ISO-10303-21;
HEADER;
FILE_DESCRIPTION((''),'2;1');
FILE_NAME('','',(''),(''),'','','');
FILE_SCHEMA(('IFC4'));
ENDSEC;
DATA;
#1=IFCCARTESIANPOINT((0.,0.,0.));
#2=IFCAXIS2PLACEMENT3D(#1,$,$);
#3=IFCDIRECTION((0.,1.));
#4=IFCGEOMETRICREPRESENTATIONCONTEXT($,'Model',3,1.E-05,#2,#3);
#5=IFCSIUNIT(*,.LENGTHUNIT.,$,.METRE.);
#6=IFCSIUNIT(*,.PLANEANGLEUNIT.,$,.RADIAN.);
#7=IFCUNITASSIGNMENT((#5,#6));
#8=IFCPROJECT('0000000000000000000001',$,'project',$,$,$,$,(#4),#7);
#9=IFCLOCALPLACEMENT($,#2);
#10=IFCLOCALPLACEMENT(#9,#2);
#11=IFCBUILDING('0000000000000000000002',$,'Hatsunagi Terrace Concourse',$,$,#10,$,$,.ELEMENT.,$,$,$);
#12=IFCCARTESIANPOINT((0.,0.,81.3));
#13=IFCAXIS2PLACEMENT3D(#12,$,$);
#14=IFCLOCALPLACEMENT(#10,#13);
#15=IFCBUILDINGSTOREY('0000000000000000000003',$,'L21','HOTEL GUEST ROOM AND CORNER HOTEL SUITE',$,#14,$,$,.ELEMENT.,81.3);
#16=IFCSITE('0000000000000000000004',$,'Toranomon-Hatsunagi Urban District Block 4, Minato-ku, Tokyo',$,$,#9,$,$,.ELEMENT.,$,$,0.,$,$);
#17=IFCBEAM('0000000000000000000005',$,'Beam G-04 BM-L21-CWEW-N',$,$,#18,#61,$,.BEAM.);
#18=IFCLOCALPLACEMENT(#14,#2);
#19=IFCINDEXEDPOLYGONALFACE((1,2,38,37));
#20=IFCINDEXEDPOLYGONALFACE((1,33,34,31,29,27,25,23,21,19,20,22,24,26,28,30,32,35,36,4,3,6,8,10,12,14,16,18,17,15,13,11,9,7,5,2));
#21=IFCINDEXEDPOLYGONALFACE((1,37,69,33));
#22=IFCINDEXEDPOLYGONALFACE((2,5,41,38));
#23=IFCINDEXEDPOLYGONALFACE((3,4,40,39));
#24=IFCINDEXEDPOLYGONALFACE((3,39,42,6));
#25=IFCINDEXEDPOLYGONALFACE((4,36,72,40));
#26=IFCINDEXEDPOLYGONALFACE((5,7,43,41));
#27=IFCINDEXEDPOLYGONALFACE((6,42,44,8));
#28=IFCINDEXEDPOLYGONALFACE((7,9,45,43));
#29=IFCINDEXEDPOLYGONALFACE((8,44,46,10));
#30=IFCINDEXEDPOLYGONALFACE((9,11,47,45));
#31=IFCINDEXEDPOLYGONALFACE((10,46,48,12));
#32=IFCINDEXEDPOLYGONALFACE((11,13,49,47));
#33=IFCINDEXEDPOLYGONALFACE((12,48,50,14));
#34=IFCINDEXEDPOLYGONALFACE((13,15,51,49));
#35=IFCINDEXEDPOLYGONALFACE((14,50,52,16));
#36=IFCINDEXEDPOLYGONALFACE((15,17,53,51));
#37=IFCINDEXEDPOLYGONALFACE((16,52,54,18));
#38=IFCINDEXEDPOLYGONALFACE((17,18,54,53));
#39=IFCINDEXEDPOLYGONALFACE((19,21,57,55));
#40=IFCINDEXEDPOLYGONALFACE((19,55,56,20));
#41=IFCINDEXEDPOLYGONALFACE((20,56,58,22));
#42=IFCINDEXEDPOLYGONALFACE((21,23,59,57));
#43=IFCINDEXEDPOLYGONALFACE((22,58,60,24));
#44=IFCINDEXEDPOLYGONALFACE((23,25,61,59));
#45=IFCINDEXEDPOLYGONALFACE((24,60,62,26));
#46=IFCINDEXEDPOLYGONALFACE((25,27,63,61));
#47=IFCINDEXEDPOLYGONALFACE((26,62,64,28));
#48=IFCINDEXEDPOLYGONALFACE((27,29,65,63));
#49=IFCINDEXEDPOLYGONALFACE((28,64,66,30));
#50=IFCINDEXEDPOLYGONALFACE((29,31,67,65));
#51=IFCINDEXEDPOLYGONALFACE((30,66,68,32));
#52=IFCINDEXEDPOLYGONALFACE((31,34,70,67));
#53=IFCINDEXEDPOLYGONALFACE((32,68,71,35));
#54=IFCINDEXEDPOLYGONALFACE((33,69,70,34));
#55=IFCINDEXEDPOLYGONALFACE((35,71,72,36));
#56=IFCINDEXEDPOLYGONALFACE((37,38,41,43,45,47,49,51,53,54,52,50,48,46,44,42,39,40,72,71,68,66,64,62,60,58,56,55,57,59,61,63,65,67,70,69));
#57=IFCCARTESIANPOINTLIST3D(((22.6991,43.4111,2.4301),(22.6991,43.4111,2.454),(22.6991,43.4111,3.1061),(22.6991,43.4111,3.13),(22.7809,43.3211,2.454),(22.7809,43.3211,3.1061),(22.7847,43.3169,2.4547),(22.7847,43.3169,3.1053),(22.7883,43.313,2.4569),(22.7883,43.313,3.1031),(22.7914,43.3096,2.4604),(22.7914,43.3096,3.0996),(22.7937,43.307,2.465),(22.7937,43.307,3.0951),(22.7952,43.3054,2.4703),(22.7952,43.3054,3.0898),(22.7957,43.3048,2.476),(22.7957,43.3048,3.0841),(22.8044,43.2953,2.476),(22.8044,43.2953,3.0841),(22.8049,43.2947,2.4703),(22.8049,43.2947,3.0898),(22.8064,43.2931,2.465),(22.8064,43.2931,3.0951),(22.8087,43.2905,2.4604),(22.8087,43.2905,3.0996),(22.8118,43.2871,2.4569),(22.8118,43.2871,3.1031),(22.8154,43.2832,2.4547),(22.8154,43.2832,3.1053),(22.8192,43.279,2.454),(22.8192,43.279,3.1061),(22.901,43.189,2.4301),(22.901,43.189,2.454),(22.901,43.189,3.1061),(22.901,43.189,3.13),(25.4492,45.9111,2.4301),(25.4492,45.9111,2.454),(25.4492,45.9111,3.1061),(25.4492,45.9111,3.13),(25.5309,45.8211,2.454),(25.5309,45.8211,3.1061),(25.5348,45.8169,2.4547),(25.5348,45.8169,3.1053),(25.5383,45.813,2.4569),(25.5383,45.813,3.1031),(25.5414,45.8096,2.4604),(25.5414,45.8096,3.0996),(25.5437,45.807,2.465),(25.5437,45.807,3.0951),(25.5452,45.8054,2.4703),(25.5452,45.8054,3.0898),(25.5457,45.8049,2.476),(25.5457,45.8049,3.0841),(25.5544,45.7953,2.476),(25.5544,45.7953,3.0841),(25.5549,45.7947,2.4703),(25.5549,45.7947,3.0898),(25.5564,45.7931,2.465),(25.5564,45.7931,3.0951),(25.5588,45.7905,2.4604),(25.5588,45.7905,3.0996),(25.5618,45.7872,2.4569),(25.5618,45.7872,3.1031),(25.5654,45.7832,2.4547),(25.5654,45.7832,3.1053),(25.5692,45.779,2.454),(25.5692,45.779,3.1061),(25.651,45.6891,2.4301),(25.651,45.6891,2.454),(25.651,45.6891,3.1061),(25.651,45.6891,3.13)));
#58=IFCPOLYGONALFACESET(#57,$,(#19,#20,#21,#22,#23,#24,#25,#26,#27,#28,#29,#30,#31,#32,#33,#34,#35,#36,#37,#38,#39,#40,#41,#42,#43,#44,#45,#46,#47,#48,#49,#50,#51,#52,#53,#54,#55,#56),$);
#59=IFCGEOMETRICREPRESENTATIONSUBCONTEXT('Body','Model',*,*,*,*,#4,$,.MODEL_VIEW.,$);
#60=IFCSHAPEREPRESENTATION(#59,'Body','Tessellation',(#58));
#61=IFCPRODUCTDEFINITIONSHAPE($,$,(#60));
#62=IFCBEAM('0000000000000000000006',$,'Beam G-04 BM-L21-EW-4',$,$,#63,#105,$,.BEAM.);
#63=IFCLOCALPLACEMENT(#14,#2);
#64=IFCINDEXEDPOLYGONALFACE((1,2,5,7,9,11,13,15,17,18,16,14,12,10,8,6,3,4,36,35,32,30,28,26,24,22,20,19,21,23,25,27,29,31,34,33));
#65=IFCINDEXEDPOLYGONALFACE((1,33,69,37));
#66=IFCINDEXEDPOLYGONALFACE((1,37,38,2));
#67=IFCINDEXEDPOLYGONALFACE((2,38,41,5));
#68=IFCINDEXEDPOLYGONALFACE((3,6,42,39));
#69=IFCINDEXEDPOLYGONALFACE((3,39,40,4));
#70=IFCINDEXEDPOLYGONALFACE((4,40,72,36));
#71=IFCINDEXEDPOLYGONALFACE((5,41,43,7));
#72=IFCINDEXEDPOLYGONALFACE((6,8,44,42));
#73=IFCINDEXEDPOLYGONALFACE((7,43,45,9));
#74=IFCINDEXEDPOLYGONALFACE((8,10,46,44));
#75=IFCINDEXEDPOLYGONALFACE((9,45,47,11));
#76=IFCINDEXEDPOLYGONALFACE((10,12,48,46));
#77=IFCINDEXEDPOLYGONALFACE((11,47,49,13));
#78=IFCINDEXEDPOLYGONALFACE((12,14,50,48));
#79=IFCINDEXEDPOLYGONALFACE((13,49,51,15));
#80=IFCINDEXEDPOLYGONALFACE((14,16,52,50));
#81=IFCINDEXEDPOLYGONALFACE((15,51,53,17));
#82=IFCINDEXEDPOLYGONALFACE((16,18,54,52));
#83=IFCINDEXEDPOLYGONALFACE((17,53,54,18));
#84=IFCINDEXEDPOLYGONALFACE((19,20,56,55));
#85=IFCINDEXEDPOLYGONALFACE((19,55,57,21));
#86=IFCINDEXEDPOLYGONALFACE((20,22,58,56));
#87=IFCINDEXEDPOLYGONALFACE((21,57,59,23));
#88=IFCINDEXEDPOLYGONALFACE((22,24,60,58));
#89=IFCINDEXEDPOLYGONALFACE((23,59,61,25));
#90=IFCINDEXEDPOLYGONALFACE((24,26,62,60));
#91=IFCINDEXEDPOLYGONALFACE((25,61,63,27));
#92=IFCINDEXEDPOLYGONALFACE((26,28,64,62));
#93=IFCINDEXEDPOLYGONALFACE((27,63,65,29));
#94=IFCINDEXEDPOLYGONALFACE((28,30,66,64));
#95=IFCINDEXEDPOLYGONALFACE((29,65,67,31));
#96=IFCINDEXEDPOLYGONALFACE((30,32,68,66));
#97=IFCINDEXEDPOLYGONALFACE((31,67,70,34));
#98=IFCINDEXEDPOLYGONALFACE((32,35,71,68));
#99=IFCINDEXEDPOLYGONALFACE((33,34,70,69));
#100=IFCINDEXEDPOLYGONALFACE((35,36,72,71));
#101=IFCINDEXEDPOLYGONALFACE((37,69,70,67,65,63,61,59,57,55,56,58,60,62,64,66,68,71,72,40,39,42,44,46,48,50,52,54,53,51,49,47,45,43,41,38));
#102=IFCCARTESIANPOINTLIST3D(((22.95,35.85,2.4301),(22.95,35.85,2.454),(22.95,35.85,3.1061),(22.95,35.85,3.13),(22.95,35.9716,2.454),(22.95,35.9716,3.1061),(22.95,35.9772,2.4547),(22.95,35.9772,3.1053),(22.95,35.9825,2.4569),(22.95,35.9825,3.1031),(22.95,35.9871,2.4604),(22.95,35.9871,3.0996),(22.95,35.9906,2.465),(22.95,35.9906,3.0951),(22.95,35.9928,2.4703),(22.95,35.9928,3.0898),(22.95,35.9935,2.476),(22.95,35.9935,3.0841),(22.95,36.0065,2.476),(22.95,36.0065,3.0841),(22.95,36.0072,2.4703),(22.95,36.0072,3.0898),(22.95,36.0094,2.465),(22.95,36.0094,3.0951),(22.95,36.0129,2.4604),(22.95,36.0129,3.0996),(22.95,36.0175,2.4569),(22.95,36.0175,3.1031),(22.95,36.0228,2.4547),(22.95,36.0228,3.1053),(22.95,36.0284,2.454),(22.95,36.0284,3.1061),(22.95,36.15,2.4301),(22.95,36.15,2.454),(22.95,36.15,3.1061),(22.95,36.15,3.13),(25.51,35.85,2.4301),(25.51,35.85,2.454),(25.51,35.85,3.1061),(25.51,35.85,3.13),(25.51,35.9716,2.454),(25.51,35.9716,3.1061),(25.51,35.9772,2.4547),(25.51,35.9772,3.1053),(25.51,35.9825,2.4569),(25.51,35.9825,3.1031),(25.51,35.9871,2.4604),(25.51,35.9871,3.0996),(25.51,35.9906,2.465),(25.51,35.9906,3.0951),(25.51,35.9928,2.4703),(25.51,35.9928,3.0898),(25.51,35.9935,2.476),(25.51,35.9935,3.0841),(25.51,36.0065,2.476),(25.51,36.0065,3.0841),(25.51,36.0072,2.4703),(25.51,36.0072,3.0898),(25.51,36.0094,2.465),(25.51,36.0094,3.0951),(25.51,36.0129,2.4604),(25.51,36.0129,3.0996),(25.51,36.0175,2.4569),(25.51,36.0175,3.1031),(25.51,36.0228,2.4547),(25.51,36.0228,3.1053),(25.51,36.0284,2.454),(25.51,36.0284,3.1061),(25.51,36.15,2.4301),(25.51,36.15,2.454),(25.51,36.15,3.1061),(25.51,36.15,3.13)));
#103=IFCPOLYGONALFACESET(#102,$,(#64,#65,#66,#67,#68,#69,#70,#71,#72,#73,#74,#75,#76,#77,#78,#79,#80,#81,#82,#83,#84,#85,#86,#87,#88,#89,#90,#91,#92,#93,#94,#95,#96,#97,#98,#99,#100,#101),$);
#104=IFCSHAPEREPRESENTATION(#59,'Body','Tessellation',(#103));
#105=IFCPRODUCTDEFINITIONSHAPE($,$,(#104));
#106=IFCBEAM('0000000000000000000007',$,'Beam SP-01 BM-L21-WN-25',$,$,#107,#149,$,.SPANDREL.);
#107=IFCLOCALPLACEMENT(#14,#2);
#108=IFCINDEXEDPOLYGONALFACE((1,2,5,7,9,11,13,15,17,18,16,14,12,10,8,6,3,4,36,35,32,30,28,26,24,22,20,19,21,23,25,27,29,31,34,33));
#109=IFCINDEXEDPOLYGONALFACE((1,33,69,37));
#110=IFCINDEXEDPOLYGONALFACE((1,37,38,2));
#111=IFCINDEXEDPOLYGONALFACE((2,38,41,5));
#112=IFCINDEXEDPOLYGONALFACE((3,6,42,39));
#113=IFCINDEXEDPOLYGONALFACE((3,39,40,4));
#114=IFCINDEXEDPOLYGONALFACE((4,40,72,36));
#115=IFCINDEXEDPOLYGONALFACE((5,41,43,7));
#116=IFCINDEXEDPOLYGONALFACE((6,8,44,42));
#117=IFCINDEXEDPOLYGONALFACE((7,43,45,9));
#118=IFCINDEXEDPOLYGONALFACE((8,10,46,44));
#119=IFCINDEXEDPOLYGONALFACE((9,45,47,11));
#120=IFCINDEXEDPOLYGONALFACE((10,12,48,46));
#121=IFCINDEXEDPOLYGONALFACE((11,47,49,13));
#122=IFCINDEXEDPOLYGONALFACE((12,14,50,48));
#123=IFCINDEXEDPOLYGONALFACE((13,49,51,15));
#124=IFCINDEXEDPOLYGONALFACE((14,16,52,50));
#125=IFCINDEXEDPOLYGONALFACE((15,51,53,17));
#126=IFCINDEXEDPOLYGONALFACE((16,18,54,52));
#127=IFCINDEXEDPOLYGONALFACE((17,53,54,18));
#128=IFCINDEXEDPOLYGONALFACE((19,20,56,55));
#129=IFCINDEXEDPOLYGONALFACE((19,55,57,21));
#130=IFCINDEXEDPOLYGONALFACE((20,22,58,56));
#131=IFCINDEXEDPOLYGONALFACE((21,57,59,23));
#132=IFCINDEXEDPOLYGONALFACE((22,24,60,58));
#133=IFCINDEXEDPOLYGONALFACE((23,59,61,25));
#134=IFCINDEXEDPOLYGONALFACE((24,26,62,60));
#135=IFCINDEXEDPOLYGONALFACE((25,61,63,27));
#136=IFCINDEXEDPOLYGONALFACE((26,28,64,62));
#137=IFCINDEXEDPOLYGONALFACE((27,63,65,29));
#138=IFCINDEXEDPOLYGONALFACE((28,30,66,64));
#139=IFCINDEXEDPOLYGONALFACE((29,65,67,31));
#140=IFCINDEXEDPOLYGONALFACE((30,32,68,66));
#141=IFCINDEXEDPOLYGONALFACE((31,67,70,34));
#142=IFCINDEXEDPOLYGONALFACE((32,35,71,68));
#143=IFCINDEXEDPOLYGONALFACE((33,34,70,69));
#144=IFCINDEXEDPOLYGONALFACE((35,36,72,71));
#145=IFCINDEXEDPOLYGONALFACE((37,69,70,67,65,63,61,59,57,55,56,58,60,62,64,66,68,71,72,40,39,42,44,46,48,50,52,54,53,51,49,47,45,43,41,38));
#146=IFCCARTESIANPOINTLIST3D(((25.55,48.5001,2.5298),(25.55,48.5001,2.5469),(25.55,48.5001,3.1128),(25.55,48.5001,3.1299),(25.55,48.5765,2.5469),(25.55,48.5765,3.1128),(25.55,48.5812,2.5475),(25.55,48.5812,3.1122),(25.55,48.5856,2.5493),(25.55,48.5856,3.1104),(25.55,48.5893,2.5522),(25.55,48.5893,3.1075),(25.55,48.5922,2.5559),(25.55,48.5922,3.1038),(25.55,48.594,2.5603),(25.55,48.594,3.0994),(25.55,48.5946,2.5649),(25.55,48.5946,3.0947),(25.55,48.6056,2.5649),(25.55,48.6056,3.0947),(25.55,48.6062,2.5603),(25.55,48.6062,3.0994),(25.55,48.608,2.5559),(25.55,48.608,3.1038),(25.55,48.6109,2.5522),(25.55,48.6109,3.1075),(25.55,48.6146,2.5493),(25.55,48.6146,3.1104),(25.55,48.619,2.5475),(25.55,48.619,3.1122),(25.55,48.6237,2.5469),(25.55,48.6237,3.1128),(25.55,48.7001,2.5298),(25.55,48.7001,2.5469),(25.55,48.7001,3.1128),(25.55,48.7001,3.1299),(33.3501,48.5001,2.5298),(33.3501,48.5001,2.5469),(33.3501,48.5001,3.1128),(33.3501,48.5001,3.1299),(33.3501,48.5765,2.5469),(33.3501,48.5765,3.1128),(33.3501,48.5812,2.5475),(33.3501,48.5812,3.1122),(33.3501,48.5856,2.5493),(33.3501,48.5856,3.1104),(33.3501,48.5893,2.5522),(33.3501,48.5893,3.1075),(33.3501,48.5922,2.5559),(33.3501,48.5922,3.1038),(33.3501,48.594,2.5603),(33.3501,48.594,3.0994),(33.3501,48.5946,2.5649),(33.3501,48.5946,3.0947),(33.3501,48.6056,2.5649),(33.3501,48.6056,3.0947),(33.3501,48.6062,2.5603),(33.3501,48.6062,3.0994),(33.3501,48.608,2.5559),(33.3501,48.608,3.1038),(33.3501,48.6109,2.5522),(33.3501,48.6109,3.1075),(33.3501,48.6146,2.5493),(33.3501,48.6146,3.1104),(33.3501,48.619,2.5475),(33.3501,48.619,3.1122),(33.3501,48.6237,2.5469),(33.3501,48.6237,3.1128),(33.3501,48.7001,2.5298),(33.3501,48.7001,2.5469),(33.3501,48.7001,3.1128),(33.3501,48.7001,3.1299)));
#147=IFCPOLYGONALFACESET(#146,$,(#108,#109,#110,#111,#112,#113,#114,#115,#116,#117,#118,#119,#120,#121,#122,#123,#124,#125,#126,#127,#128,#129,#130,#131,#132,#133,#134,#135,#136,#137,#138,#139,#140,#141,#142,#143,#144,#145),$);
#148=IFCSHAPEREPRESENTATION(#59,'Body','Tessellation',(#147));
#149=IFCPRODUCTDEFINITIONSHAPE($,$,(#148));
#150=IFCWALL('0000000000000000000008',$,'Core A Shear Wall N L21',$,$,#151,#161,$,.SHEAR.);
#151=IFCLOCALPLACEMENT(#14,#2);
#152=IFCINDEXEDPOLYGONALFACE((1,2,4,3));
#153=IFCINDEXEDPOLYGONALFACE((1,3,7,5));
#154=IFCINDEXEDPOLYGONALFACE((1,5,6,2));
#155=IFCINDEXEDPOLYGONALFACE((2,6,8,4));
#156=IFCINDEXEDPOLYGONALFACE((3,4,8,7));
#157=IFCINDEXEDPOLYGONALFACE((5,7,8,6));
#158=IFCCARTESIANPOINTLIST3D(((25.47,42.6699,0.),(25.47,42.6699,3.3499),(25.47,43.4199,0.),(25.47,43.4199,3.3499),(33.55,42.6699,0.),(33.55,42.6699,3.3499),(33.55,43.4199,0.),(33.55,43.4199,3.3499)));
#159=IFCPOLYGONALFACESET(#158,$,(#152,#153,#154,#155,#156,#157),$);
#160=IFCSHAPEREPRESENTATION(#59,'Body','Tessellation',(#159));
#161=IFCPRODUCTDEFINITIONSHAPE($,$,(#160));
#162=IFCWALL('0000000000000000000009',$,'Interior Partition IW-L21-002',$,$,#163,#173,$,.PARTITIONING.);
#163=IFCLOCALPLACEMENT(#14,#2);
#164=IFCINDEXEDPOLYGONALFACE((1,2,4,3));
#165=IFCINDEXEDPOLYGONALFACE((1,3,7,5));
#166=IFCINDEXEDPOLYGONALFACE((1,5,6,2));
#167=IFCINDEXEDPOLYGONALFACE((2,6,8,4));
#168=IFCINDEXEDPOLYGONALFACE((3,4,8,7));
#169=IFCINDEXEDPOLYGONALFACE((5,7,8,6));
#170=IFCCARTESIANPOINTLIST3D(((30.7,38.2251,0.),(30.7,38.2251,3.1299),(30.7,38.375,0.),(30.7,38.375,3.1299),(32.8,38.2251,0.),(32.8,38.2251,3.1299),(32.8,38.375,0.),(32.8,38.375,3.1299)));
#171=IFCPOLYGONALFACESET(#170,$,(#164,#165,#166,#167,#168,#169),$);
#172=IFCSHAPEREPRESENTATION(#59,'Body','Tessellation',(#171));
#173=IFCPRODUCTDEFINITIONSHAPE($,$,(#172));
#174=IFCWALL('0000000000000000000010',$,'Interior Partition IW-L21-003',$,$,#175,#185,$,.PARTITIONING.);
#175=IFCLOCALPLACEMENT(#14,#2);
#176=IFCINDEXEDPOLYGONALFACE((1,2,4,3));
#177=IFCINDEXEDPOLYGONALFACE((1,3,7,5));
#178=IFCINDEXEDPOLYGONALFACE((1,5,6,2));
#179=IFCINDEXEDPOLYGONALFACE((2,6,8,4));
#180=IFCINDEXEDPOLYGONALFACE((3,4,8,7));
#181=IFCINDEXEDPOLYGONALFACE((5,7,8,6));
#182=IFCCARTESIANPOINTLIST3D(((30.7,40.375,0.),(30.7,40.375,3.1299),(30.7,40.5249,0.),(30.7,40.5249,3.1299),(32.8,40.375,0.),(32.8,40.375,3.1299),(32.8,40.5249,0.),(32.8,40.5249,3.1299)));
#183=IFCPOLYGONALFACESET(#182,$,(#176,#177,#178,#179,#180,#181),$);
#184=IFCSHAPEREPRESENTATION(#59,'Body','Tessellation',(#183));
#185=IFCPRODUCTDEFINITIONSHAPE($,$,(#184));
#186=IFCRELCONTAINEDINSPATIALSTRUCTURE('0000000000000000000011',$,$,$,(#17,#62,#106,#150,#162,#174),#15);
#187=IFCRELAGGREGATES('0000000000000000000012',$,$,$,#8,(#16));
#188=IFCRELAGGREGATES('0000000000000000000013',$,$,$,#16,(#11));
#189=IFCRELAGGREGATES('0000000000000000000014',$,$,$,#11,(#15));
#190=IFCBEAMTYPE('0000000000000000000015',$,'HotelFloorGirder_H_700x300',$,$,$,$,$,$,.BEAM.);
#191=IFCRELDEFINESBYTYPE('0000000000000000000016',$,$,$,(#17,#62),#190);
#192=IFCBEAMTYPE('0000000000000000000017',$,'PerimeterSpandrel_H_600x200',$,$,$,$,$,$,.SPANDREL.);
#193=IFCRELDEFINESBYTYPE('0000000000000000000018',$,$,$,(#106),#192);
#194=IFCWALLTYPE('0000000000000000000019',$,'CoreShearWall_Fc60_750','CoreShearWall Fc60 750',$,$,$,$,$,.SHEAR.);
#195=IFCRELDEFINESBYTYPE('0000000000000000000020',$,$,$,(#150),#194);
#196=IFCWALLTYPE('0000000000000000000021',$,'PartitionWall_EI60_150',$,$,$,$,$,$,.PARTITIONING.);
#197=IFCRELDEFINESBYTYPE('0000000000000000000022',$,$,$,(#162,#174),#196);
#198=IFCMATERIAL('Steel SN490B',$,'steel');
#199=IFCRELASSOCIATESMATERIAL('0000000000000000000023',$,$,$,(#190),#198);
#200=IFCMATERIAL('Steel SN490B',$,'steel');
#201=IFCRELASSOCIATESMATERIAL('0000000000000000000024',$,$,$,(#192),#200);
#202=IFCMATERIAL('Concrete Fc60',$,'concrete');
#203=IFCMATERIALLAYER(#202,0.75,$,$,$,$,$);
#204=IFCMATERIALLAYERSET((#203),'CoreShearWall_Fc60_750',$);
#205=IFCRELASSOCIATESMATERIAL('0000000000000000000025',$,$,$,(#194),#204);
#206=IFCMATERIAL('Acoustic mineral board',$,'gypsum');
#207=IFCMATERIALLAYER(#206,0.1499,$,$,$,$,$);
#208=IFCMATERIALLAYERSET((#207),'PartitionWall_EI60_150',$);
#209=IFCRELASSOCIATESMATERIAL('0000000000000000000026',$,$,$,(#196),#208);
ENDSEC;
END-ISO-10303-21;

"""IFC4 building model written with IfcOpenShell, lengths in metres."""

from ifc_helpers import new_model, si_unit, direction, frame, frame_2d, origin, origin_2d, place, context, subcontext, project, spatial, rectangle, i_section, extrude, material, layer, layer_set, material_profile, profile_set, type_object, element, save


model = new_model("IFC4")

# Units and contexts
model_context = context("Model", 3, precision=1e-05, world=origin(), true_north=direction((0.0, 1.0)))
body_context = subcontext(model_context, "Body", "Model", "MODEL_VIEW")
ifc_project = project(units=[si_unit("LENGTHUNIT", "METRE"), si_unit("PLANEANGLEUNIT", "RADIAN")], contexts=[model_context])

# Site, building, storey
site_placement = place(None, origin())
site = spatial("IfcSite", under=ifc_project, at=site_placement, Name="Toranomon-Hatsunagi Urban District Block 4, Minato-ku, Tokyo", CompositionType="ELEMENT", RefElevation=0.0)
building_placement = place(site_placement, origin())
building = spatial("IfcBuilding", under=site, at=building_placement, Name="Hatsunagi Terrace Concourse", CompositionType="ELEMENT")
storey_placement = place(building_placement, frame((0.0, 0.0, 81.3)))
storey = spatial("IfcBuildingStorey", under=building, at=storey_placement, Name="L21", Description="HOTEL GUEST ROOM AND CORNER HOTEL SUITE", CompositionType="ELEMENT", Elevation=81.3)

# Beams
ifc_material_1 = material(Name="Steel SN490B", Category="steel")
ifc_material_profile_1 = material_profile(ifc_material_1, i_section(OverallWidth=0.3, OverallDepth=0.7, WebThickness=0.0129, FlangeThickness=0.0239, FilletRadius=0.022, at=origin_2d()), Name="H-700x300x13x24")
ifc_profile_set_1 = profile_set([ifc_material_profile_1], Name="Steel SN490B")
beam_type_1 = type_object("IfcBeamType", Name="HotelFloorGirder_H_700x300", PredefinedType="BEAM", material=ifc_profile_set_1)
beam_1_placement = place(storey_placement, frame((22.8, 43.3, 2.78), z_axis=(0.73994, 0.672673, 0.0), x_axis=(-0.672673, 0.73994, 0.0)))
element("IfcBeam", 1, at=beam_1_placement, inside=storey, type_object=beam_type_1, Name="Beam G-04 BM-L21-CWEW-N", PredefinedType="BEAM", context=body_context, shape_type="SweptSolid", body=[
    extrude(i_section(OverallWidth=0.3, OverallDepth=0.7, WebThickness=0.0129, FlangeThickness=0.0239, FilletRadius=0.022, at=origin_2d()), origin(), (0.0, 0.0, 1.0), 3.7166),
])
beam_2_placement = place(storey_placement, frame((22.95, 36.0, 2.78), z_axis=(1.0, 0.0, 0.0), x_axis=(0.0, 1.0, 0.0)))
element("IfcBeam", 2, at=beam_2_placement, inside=storey, type_object=beam_type_1, Name="Beam G-04 BM-L21-EW-4", PredefinedType="BEAM", context=body_context, shape_type="SweptSolid", body=[
    extrude(i_section(OverallWidth=0.3, OverallDepth=0.7, WebThickness=0.0129, FlangeThickness=0.0239, FilletRadius=0.022, at=origin_2d()), origin(), (0.0, 0.0, 1.0), 2.5601),
])
ifc_material_2 = material(Name="Steel SN490B", Category="steel")
ifc_material_profile_2 = material_profile(ifc_material_2, i_section(OverallWidth=0.2, OverallDepth=0.6001, WebThickness=0.011, FlangeThickness=0.0171, FilletRadius=0.0181, at=origin_2d()), Name="H-600x200x11x17")
ifc_profile_set_2 = profile_set([ifc_material_profile_2], Name="Steel SN490B")
beam_type_2 = type_object("IfcBeamType", Name="PerimeterSpandrel_H_600x200", PredefinedType="SPANDREL", material=ifc_profile_set_2)
beam_3_placement = place(storey_placement, frame((25.55, 48.6001, 2.8298), z_axis=(1.0, 0.0, 0.0), x_axis=(0.0, 1.0, 0.0)))
element("IfcBeam", 3, at=beam_3_placement, inside=storey, type_object=beam_type_2, Name="Beam SP-01 BM-L21-WN-25", PredefinedType="SPANDREL", context=body_context, shape_type="SweptSolid", body=[
    extrude(i_section(OverallWidth=0.2, OverallDepth=0.6001, WebThickness=0.011, FlangeThickness=0.0171, FilletRadius=0.0181, at=origin_2d()), origin(), (0.0, 0.0, 1.0), 7.8),
])

# Walls
ifc_material_3 = material(Name="Concrete Fc60", Category="concrete")
ifc_layer_1 = layer(ifc_material_3, 0.75)
ifc_layer_set_1 = layer_set([ifc_layer_1], Name="CoreShearWall_Fc60_750")
wall_type_1 = type_object("IfcWallType", Name="CoreShearWall_Fc60_750", Description="CoreShearWall Fc60 750", PredefinedType="SHEAR", material=ifc_layer_set_1)
wall_1_placement = place(storey_placement, frame((25.47, 43.0449, 0.0), z_axis=(0.0, 0.0, 1.0), x_axis=(1.0, 0.0, 0.0)))
element("IfcWall", 4, at=wall_1_placement, inside=storey, type_object=wall_type_1, Name="Core A Shear Wall N L21", PredefinedType="SHEAR", context=body_context, shape_type="SweptSolid", body=[
    extrude(rectangle(XDim=8.0801, YDim=0.75, at=frame_2d((4.04, 0.0))), origin(), (0.0, 0.0, 1.0), 3.3499),
])
ifc_material_4 = material(Name="Acoustic mineral board", Category="gypsum")
ifc_layer_2 = layer(ifc_material_4, 0.1499)
ifc_layer_set_2 = layer_set([ifc_layer_2], Name="PartitionWall_EI60_150")
wall_type_2 = type_object("IfcWallType", Name="PartitionWall_EI60_150", PredefinedType="PARTITIONING", material=ifc_layer_set_2)
for number, where, z_axis, x_axis, name in (
    (5, (30.7, 38.3, 0.0), (0.0, 0.0, 1.0), (1.0, 0.0, 0.0), "Interior Partition IW-L21-002"),
    (6, (30.7, 40.45, 0.0), (0.0, 0.0, 1.0), (1.0, 0.0, 0.0), "Interior Partition IW-L21-003"),
):
    element("IfcWall", number, at=place(storey_placement, frame(where, z_axis=z_axis, x_axis=x_axis)), inside=storey, type_object=wall_type_2, Name=name, PredefinedType="PARTITIONING", context=body_context, shape_type="SweptSolid", body=[
        extrude(rectangle(XDim=2.1001, YDim=0.1499, at=frame_2d((1.05, 0.0))), origin(), (0.0, 0.0, 1.0), 3.1299),
    ])

save(model, "model.ifc")
